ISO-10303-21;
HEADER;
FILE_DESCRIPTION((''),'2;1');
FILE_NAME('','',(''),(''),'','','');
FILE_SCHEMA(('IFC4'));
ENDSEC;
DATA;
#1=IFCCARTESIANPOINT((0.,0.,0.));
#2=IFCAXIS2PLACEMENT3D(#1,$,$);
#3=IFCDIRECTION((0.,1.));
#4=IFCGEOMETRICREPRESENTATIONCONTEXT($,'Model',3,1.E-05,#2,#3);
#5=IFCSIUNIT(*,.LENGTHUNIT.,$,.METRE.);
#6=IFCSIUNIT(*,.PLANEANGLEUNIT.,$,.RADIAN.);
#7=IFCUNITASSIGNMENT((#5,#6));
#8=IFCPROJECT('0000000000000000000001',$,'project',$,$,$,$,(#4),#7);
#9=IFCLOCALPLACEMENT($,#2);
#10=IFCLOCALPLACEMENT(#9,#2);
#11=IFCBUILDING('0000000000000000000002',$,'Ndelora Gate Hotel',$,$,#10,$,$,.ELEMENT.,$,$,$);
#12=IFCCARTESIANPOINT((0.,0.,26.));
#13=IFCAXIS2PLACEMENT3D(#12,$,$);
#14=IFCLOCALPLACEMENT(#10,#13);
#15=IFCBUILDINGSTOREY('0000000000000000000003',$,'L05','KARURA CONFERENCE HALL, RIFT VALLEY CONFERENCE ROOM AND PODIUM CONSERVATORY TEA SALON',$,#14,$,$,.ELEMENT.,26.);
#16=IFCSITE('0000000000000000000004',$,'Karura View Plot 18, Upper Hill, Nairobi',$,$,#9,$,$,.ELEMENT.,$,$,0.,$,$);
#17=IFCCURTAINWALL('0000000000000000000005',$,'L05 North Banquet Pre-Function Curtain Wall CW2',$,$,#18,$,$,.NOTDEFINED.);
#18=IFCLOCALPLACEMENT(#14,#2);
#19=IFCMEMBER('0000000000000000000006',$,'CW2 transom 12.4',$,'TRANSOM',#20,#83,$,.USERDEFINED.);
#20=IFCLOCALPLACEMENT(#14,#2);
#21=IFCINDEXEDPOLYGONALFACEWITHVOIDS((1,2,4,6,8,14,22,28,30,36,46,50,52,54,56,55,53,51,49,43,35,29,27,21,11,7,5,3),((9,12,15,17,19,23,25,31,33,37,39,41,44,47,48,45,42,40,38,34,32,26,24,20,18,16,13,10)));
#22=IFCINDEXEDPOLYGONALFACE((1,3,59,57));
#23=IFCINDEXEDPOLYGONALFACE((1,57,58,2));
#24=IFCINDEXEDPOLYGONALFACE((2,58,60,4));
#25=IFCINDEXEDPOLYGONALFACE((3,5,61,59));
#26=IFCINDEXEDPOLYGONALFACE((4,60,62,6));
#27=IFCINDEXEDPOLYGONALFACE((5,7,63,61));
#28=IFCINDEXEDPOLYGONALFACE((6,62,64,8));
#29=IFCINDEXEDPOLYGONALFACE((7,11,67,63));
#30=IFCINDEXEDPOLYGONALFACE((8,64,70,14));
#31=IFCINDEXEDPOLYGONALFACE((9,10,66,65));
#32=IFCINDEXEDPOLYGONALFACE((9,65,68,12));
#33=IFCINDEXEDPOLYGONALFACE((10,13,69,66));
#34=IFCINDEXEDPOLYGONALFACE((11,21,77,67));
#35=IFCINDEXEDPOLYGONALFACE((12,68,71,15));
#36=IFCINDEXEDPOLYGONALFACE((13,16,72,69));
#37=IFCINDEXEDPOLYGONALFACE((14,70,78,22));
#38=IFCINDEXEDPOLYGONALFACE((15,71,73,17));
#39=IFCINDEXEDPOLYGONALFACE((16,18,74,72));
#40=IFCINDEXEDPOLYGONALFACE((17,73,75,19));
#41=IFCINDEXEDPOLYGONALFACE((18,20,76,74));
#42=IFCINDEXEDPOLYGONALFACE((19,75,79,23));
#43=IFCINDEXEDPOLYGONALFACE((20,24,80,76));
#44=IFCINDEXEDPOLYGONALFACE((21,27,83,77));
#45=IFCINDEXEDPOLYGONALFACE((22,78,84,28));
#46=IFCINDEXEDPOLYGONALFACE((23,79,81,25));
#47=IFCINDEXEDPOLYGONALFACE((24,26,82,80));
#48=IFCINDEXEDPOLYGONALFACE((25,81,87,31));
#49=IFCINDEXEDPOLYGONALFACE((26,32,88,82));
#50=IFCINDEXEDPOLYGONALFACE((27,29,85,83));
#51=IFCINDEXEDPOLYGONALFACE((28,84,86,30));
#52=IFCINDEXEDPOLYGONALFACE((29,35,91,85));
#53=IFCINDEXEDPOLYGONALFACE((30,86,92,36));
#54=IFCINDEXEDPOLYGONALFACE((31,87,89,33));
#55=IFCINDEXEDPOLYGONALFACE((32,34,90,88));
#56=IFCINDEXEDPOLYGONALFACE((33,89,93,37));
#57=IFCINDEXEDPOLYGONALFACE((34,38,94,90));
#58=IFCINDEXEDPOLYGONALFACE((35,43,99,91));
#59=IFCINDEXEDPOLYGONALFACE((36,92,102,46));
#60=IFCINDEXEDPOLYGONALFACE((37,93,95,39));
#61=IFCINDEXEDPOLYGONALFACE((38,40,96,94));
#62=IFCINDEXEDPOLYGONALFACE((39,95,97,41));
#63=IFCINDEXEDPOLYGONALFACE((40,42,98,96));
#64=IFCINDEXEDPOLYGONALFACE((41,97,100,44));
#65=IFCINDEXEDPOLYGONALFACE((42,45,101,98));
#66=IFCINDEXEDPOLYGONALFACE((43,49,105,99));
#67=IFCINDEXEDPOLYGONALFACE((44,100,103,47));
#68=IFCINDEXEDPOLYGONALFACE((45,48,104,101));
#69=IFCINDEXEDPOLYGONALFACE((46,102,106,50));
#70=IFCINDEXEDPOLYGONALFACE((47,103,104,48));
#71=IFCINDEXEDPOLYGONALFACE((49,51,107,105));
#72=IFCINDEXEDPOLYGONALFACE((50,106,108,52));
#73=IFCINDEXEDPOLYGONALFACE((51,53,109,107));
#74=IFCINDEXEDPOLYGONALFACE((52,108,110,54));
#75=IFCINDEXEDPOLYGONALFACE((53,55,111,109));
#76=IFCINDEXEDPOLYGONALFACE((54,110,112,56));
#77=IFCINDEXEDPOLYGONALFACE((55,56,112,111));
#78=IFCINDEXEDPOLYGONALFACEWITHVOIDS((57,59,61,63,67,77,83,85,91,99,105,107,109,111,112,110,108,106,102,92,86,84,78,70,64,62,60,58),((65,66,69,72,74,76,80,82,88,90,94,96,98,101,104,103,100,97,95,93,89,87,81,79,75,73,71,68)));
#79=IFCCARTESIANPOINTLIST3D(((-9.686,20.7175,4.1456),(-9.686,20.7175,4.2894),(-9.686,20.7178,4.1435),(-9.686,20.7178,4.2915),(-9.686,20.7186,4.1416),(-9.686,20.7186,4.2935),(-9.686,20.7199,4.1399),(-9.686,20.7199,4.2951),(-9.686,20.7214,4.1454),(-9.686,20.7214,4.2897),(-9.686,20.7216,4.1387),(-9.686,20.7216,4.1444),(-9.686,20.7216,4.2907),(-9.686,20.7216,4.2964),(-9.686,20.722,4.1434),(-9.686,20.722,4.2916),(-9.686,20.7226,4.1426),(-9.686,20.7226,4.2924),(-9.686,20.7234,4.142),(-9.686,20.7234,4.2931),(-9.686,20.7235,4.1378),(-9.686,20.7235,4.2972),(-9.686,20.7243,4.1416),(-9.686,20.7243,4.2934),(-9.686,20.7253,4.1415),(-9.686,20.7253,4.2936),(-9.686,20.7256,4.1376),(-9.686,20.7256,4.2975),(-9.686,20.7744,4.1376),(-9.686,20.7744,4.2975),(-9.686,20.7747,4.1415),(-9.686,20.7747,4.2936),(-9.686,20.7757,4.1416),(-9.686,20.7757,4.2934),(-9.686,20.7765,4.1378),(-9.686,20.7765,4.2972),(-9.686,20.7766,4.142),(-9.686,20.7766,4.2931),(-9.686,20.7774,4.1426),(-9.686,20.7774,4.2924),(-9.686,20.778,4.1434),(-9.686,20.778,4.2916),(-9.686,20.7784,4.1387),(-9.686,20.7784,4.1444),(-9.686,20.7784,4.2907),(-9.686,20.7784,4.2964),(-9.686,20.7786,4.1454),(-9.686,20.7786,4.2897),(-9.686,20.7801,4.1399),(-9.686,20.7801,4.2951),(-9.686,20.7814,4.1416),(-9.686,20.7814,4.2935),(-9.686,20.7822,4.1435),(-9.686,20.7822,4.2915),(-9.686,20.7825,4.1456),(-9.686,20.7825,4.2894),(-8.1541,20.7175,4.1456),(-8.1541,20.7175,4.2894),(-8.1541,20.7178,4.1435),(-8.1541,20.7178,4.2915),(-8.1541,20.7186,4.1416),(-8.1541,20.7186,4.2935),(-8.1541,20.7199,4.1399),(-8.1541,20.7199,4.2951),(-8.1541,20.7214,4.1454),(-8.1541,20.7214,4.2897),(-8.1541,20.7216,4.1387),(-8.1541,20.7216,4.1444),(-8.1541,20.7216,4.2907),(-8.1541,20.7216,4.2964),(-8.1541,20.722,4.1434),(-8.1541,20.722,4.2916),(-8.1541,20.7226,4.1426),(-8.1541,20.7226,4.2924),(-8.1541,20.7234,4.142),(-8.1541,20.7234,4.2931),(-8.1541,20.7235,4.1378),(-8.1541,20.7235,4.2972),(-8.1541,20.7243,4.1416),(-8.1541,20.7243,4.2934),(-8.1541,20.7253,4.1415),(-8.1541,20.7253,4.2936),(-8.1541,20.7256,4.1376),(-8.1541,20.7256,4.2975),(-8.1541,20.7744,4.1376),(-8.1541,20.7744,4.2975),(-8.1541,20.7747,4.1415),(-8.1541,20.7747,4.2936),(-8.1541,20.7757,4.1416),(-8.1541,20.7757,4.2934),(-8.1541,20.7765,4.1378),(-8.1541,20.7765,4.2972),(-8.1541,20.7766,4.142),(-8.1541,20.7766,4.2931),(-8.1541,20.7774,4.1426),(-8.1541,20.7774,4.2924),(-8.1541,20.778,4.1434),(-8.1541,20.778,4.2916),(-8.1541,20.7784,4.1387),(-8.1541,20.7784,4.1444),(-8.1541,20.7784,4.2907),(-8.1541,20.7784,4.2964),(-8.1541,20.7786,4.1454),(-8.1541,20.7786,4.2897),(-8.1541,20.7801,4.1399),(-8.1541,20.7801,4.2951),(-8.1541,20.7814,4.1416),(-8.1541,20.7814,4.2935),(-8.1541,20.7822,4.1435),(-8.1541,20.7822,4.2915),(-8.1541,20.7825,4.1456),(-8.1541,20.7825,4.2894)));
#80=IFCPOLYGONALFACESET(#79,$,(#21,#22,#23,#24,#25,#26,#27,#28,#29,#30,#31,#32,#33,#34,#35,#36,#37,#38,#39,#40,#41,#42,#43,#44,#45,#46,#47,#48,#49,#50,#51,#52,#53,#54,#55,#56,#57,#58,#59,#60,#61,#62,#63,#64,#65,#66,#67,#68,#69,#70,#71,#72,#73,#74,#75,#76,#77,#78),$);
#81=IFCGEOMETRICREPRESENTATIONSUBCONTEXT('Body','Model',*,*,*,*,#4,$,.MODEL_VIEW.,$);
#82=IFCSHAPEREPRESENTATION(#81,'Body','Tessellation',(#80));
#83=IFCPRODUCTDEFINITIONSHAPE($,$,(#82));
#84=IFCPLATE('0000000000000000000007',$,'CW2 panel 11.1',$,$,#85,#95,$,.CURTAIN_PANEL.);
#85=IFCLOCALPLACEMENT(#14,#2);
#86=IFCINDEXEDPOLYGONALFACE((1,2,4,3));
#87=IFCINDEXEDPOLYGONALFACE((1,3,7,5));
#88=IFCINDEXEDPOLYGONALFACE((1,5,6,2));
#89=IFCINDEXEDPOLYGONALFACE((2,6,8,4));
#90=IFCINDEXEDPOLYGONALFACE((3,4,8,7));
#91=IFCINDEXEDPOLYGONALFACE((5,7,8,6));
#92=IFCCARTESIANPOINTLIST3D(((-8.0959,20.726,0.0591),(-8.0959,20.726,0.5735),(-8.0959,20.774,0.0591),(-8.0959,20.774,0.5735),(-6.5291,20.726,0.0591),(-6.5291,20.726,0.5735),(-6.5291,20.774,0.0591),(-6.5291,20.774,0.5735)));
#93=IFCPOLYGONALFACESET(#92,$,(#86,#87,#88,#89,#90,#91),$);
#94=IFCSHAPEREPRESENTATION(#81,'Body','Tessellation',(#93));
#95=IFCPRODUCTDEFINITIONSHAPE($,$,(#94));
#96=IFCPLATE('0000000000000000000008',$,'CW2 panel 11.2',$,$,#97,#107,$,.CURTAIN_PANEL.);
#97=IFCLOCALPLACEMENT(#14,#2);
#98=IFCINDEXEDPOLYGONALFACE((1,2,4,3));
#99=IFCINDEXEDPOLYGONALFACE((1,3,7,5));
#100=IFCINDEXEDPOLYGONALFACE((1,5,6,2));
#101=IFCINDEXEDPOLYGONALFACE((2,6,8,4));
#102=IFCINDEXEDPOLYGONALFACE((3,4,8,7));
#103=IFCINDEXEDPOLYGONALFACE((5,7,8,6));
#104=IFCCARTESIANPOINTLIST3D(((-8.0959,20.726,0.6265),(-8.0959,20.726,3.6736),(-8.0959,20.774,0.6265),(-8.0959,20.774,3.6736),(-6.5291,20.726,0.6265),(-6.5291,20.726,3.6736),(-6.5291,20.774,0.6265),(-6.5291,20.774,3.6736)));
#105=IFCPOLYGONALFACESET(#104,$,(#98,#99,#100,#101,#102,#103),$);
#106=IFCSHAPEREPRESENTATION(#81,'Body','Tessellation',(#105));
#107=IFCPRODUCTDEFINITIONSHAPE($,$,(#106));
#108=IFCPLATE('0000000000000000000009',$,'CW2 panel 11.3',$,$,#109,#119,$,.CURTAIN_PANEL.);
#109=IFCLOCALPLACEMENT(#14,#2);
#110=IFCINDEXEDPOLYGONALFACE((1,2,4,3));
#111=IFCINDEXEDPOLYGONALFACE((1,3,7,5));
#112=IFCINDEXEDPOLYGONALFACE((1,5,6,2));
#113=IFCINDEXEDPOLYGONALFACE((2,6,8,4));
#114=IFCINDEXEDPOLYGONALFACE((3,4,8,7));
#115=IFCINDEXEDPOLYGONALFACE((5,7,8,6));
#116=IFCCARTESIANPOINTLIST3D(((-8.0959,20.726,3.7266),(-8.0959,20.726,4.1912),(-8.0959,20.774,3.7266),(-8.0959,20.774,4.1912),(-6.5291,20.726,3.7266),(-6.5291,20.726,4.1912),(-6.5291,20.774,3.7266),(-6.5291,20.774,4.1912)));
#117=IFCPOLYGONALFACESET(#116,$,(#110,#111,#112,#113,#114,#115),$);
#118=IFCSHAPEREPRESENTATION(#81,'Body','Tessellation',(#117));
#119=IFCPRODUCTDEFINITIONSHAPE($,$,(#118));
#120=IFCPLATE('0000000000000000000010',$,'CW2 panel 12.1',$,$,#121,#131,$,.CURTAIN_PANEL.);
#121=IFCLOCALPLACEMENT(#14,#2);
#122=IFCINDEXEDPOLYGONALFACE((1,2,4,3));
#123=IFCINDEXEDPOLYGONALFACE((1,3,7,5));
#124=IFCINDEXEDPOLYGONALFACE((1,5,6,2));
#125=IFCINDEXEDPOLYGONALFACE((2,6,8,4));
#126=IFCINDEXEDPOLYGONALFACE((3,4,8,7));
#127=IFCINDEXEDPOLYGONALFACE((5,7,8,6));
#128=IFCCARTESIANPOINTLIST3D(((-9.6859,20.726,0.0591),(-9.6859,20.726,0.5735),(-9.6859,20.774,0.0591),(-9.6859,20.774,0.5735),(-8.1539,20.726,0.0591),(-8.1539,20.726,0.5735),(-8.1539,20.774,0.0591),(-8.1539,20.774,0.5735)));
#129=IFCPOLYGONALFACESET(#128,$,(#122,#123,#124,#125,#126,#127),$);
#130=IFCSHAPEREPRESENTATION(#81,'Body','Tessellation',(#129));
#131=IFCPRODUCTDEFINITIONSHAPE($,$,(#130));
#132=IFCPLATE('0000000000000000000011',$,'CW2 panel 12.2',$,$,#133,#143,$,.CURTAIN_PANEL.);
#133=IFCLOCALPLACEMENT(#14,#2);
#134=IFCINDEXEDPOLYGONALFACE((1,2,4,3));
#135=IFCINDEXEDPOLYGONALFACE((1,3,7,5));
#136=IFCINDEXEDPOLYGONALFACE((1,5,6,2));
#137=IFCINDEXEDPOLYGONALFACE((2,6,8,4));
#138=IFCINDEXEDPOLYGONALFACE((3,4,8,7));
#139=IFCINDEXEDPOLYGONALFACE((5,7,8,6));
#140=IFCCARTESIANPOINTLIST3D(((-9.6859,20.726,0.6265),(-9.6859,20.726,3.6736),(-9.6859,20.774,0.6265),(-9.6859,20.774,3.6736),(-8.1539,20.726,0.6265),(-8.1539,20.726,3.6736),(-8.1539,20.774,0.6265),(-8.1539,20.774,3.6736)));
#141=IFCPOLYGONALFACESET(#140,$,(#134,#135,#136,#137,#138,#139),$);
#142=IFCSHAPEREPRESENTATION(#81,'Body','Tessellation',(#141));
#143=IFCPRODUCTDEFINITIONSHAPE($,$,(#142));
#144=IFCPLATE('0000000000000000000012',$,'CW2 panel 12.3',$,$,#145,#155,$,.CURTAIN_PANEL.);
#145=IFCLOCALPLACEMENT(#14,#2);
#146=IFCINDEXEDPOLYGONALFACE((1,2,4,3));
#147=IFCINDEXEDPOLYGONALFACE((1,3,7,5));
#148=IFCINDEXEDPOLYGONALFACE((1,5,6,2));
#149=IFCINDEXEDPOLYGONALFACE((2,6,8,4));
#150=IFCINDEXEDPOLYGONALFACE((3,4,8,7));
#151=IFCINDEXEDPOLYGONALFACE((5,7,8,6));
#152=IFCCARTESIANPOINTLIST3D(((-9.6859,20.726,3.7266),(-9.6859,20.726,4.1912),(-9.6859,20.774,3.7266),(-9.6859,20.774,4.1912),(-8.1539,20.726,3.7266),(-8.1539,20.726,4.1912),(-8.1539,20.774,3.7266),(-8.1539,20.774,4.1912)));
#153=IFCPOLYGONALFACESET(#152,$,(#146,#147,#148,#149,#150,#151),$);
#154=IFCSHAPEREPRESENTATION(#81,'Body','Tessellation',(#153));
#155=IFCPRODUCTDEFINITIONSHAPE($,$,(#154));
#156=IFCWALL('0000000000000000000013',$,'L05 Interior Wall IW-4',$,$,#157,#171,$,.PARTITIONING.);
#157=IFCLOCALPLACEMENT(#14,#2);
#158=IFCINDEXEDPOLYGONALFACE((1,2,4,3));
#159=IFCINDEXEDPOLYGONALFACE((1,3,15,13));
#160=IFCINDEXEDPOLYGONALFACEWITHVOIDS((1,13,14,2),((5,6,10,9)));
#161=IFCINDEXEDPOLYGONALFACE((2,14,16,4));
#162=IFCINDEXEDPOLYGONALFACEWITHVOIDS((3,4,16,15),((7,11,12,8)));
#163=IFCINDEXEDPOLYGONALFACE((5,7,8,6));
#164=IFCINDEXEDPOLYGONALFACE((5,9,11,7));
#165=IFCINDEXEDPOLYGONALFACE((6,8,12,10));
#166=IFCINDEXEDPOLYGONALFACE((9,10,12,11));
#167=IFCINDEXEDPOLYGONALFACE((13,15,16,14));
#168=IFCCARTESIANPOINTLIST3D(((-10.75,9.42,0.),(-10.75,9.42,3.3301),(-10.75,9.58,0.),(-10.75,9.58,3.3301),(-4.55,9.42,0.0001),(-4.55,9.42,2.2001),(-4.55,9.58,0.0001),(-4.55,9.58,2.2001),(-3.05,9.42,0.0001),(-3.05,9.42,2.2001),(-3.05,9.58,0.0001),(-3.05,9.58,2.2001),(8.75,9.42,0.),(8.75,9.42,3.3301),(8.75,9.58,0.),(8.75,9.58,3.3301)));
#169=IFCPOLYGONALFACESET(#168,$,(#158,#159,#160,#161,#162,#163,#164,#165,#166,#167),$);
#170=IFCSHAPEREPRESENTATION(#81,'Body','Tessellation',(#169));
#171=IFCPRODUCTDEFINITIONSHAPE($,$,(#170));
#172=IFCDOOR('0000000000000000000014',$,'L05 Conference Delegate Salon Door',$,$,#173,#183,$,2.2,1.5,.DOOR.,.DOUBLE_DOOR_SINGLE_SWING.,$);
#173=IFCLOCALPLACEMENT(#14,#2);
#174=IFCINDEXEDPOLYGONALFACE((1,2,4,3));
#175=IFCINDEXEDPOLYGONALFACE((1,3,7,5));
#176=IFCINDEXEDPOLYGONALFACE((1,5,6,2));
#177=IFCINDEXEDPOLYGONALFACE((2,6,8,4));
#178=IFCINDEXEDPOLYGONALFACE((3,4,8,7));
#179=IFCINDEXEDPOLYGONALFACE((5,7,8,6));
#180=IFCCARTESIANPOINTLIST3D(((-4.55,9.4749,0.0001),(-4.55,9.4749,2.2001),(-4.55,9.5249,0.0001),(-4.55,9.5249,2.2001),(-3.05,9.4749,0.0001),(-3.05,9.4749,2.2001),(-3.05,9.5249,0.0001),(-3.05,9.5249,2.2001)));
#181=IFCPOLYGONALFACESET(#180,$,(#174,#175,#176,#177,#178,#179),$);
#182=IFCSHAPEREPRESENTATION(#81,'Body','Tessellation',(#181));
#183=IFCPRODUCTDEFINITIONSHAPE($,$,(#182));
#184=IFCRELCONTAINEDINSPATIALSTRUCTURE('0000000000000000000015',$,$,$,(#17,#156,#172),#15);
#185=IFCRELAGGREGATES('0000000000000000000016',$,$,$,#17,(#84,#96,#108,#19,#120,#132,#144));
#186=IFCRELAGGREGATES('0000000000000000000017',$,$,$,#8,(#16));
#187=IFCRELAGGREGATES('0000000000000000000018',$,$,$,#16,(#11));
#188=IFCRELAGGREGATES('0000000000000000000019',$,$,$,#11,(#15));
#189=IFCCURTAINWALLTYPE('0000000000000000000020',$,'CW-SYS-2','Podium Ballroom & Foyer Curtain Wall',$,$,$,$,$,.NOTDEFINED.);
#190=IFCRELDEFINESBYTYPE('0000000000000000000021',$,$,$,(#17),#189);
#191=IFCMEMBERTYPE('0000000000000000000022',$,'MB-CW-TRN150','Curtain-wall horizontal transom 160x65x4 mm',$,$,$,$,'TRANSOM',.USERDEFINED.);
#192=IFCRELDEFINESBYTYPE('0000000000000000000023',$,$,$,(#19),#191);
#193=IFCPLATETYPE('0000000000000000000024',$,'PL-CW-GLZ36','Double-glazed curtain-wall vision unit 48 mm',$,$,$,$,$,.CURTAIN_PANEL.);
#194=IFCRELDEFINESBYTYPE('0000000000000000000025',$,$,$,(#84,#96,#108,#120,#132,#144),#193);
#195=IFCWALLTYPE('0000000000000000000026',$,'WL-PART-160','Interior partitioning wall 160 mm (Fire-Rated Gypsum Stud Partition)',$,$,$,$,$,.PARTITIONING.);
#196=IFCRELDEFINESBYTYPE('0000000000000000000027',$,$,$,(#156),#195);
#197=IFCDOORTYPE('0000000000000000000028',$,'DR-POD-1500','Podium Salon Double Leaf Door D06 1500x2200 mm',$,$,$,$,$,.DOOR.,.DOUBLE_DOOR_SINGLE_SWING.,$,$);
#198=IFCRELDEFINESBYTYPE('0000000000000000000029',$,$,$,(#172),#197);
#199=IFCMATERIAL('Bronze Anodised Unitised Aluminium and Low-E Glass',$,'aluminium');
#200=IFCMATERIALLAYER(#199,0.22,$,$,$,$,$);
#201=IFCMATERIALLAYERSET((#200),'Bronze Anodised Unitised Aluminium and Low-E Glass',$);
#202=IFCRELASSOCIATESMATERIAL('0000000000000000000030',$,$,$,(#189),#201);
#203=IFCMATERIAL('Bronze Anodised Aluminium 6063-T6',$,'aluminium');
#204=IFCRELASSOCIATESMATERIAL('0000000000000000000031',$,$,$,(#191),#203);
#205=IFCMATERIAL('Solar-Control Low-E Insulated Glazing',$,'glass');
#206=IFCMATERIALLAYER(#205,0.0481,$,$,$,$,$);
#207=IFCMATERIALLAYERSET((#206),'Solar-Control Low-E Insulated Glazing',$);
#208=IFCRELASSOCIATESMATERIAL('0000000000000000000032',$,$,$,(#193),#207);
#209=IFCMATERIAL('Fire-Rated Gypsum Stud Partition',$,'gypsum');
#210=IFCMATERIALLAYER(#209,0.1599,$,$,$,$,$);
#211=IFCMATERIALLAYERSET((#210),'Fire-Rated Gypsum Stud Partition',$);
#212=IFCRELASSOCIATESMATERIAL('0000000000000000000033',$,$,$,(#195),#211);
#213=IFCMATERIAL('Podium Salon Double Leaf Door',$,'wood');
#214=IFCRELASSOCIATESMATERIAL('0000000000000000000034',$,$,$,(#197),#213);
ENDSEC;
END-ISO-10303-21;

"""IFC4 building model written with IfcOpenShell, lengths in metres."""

from ifc_helpers import new_model, si_unit, direction, frame, frame_2d, origin, origin_2d, place, context, subcontext, project, spatial, rectangle, hollow_rectangle, extrude, material, layer, layer_set, material_profile, profile_set, type_object, element, fill, aggregate, save


model = new_model("IFC4")

# Units and contexts
model_context = context("Model", 3, precision=1e-05, world=origin(), true_north=direction((0.0, 1.0)))
body_context = subcontext(model_context, "Body", "Model", "MODEL_VIEW")
ifc_project = project(units=[si_unit("LENGTHUNIT", "METRE"), si_unit("PLANEANGLEUNIT", "RADIAN")], contexts=[model_context])

# Site, building, storey
site_placement = place(None, origin())
site = spatial("IfcSite", under=ifc_project, at=site_placement, Name="Karura View Plot 18, Upper Hill, Nairobi", CompositionType="ELEMENT", RefElevation=0.0)
building_placement = place(site_placement, origin())
building = spatial("IfcBuilding", under=site, at=building_placement, Name="Ndelora Gate Hotel", CompositionType="ELEMENT")
storey_placement = place(building_placement, frame((0.0, 0.0, 26.0)))
storey = spatial("IfcBuildingStorey", under=building, at=storey_placement, Name="L05", Description="KARURA CONFERENCE HALL, RIFT VALLEY CONFERENCE ROOM AND PODIUM CONSERVATORY TEA SALON", CompositionType="ELEMENT", Elevation=26.0)

# Curtain wall, member, plates
ifc_material_1 = material(Name="Bronze Anodised Unitised Aluminium and Low-E Glass", Category="aluminium")
ifc_layer_1 = layer(ifc_material_1, 0.22)
ifc_layer_set_1 = layer_set([ifc_layer_1], Name="Bronze Anodised Unitised Aluminium and Low-E Glass")
curtain_wall_type = type_object("IfcCurtainWallType", Name="CW-SYS-2", Description="Podium Ballroom & Foyer Curtain Wall", PredefinedType="NOTDEFINED", material=ifc_layer_set_1)
curtain_wall_placement = place(storey_placement, origin())
curtain_wall = element("IfcCurtainWall", 1, at=curtain_wall_placement, inside=storey, type_object=curtain_wall_type, Name="L05 North Banquet Pre-Function Curtain Wall CW2", PredefinedType="NOTDEFINED")
ifc_material_2 = material(Name="Bronze Anodised Aluminium 6063-T6", Category="aluminium")
ifc_material_profile_1 = material_profile(ifc_material_2, hollow_rectangle(XDim=0.0649, YDim=0.1599, WallThickness=0.0039, InnerFilletRadius=0.0039, OuterFilletRadius=0.0081, at=origin_2d()), Name="ALU 160x65x4")
ifc_profile_set_1 = profile_set([ifc_material_profile_1], Name="Bronze Anodised Aluminium 6063-T6")
member_type_1 = type_object("IfcMemberType", Name="MB-CW-TRN150", Description="Curtain-wall horizontal transom 160x65x4 mm", ElementType="TRANSOM", PredefinedType="USERDEFINED", material=ifc_profile_set_1)
member_1_placement = place(storey_placement, frame((-8.1541, 20.75, 4.2175), z_axis=(-1.0, 0.0, 0.0), x_axis=(0.0, -1.0, 0.0)))
member_1 = element("IfcMember", 2, at=member_1_placement, type_object=member_type_1, Name="CW2 transom 12.4", ObjectType="TRANSOM", PredefinedType="USERDEFINED", context=body_context, shape_type="SweptSolid", body=[
    extrude(hollow_rectangle(XDim=0.0649, YDim=0.1599, WallThickness=0.0039, InnerFilletRadius=0.0039, OuterFilletRadius=0.0081, at=origin_2d()), origin(), (0.0, 0.0, 1.0), 1.532),
])
ifc_material_3 = material(Name="Solar-Control Low-E Insulated Glazing", Category="glass")
ifc_layer_2 = layer(ifc_material_3, 0.0481)
ifc_layer_set_2 = layer_set([ifc_layer_2], Name="Solar-Control Low-E Insulated Glazing")
plate_type = type_object("IfcPlateType", Name="PL-CW-GLZ36", Description="Double-glazed curtain-wall vision unit 48 mm", PredefinedType="CURTAIN_PANEL", material=ifc_layer_set_2)
plate_1_placement = place(storey_placement, frame((-7.3125, 20.75, 0.0591), z_axis=(0.0, 0.0, 1.0), x_axis=(-1.0, 0.0, 0.0)))
plate_1 = element("IfcPlate", 3, at=plate_1_placement, type_object=plate_type, Name="CW2 panel 11.1", PredefinedType="CURTAIN_PANEL", context=body_context, shape_type="SweptSolid", body=[
    extrude(rectangle(XDim=1.5669, YDim=0.0481, at=origin_2d()), origin(), (0.0, 0.0, 1.0), 0.5144),
])
plate_2_placement = place(storey_placement, frame((-7.3125, 20.75, 0.6265), z_axis=(0.0, 0.0, 1.0), x_axis=(-1.0, 0.0, 0.0)))
plate_2 = element("IfcPlate", 4, at=plate_2_placement, type_object=plate_type, Name="CW2 panel 11.2", PredefinedType="CURTAIN_PANEL", context=body_context, shape_type="SweptSolid", body=[
    extrude(rectangle(XDim=1.5669, YDim=0.0481, at=origin_2d()), origin(), (0.0, 0.0, 1.0), 3.0471),
])
plate_3_placement = place(storey_placement, frame((-7.3125, 20.75, 3.7266), z_axis=(0.0, 0.0, 1.0), x_axis=(-1.0, 0.0, 0.0)))
plate_3 = element("IfcPlate", 5, at=plate_3_placement, type_object=plate_type, Name="CW2 panel 11.3", PredefinedType="CURTAIN_PANEL", context=body_context, shape_type="SweptSolid", body=[
    extrude(rectangle(XDim=1.5669, YDim=0.0481, at=origin_2d()), origin(), (0.0, 0.0, 1.0), 0.4646),
])
plate_4_placement = place(storey_placement, frame((-8.9199, 20.75, 0.0591), z_axis=(0.0, 0.0, 1.0), x_axis=(-1.0, 0.0, 0.0)))
plate_4 = element("IfcPlate", 6, at=plate_4_placement, type_object=plate_type, Name="CW2 panel 12.1", PredefinedType="CURTAIN_PANEL", context=body_context, shape_type="SweptSolid", body=[
    extrude(rectangle(XDim=1.532, YDim=0.0481, at=origin_2d()), origin(), (0.0, 0.0, 1.0), 0.5144),
])
plate_5_placement = place(storey_placement, frame((-8.9199, 20.75, 0.6265), z_axis=(0.0, 0.0, 1.0), x_axis=(-1.0, 0.0, 0.0)))
plate_5 = element("IfcPlate", 7, at=plate_5_placement, type_object=plate_type, Name="CW2 panel 12.2", PredefinedType="CURTAIN_PANEL", context=body_context, shape_type="SweptSolid", body=[
    extrude(rectangle(XDim=1.532, YDim=0.0481, at=origin_2d()), origin(), (0.0, 0.0, 1.0), 3.0471),
])
plate_6_placement = place(storey_placement, frame((-8.9199, 20.75, 3.7266), z_axis=(0.0, 0.0, 1.0), x_axis=(-1.0, 0.0, 0.0)))
plate_6 = element("IfcPlate", 8, at=plate_6_placement, type_object=plate_type, Name="CW2 panel 12.3", PredefinedType="CURTAIN_PANEL", context=body_context, shape_type="SweptSolid", body=[
    extrude(rectangle(XDim=1.532, YDim=0.0481, at=origin_2d()), origin(), (0.0, 0.0, 1.0), 0.4646),
])
aggregate(curtain_wall, [plate_1, plate_2, plate_3, member_1, plate_4, plate_5, plate_6])

# Wall, opening, door
ifc_material_4 = material(Name="Fire-Rated Gypsum Stud Partition", Category="gypsum")
ifc_layer_3 = layer(ifc_material_4, 0.1599)
ifc_layer_set_3 = layer_set([ifc_layer_3], Name="Fire-Rated Gypsum Stud Partition")
wall_type = type_object("IfcWallType", Name="WL-PART-160", Description="Interior partitioning wall 160 mm (Fire-Rated Gypsum Stud Partition)", PredefinedType="PARTITIONING", material=ifc_layer_set_3)
wall_placement = place(storey_placement, frame((-10.75, 9.5, 0.0), z_axis=(0.0, 0.0, 1.0), x_axis=(1.0, 0.0, 0.0)))
wall = element("IfcWall", 9, at=wall_placement, inside=storey, type_object=wall_type, Name="L05 Interior Wall IW-4", PredefinedType="PARTITIONING", context=body_context, shape_type="SweptSolid", body=[
    extrude(rectangle(XDim=19.5, YDim=0.1599, at=frame_2d((9.75, 0.0))), origin(), (0.0, 0.0, 1.0), 3.3301),
])
opening_placement = place(wall_placement, frame((6.2, 0.0, 0.0)))
opening = element("IfcOpeningElement", 10, at=opening_placement, cuts=wall, PredefinedType="OPENING", context=body_context, shape_type="SweptSolid", body=[
    extrude(rectangle(XDim=1.5, YDim=2.2, at=frame_2d((0.75, 1.1001))), frame((0.0, 0.0898, 0.0), z_axis=(0.0, -1.0, 0.0), x_axis=(1.0, 0.0, 0.0)), (0.0, 0.0, 1.0), 0.1799),
])
ifc_material_5 = material(Name="Podium Salon Double Leaf Door", Category="wood")
door_type = type_object("IfcDoorType", Name="DR-POD-1500", Description="Podium Salon Double Leaf Door D06 1500x2200 mm", OperationType="DOUBLE_DOOR_SINGLE_SWING", PredefinedType="DOOR", material=ifc_material_5)
door_placement = place(opening_placement, origin())
door = element("IfcDoor", 11, at=door_placement, inside=storey, type_object=door_type, Name="L05 Conference Delegate Salon Door", OperationType="DOUBLE_DOOR_SINGLE_SWING", OverallHeight=2.2, OverallWidth=1.5, PredefinedType="DOOR", context=body_context, shape_type="SweptSolid", body=[
    extrude(rectangle(XDim=1.5, YDim=2.2, at=frame_2d((0.75, 1.1001))), frame((0.0, 0.0249, 0.0), z_axis=(0.0, -1.0, 0.0), x_axis=(1.0, 0.0, 0.0)), (0.0, 0.0, 1.0), 0.05),
])
fill(opening, door)

save(model, "model.ifc")
